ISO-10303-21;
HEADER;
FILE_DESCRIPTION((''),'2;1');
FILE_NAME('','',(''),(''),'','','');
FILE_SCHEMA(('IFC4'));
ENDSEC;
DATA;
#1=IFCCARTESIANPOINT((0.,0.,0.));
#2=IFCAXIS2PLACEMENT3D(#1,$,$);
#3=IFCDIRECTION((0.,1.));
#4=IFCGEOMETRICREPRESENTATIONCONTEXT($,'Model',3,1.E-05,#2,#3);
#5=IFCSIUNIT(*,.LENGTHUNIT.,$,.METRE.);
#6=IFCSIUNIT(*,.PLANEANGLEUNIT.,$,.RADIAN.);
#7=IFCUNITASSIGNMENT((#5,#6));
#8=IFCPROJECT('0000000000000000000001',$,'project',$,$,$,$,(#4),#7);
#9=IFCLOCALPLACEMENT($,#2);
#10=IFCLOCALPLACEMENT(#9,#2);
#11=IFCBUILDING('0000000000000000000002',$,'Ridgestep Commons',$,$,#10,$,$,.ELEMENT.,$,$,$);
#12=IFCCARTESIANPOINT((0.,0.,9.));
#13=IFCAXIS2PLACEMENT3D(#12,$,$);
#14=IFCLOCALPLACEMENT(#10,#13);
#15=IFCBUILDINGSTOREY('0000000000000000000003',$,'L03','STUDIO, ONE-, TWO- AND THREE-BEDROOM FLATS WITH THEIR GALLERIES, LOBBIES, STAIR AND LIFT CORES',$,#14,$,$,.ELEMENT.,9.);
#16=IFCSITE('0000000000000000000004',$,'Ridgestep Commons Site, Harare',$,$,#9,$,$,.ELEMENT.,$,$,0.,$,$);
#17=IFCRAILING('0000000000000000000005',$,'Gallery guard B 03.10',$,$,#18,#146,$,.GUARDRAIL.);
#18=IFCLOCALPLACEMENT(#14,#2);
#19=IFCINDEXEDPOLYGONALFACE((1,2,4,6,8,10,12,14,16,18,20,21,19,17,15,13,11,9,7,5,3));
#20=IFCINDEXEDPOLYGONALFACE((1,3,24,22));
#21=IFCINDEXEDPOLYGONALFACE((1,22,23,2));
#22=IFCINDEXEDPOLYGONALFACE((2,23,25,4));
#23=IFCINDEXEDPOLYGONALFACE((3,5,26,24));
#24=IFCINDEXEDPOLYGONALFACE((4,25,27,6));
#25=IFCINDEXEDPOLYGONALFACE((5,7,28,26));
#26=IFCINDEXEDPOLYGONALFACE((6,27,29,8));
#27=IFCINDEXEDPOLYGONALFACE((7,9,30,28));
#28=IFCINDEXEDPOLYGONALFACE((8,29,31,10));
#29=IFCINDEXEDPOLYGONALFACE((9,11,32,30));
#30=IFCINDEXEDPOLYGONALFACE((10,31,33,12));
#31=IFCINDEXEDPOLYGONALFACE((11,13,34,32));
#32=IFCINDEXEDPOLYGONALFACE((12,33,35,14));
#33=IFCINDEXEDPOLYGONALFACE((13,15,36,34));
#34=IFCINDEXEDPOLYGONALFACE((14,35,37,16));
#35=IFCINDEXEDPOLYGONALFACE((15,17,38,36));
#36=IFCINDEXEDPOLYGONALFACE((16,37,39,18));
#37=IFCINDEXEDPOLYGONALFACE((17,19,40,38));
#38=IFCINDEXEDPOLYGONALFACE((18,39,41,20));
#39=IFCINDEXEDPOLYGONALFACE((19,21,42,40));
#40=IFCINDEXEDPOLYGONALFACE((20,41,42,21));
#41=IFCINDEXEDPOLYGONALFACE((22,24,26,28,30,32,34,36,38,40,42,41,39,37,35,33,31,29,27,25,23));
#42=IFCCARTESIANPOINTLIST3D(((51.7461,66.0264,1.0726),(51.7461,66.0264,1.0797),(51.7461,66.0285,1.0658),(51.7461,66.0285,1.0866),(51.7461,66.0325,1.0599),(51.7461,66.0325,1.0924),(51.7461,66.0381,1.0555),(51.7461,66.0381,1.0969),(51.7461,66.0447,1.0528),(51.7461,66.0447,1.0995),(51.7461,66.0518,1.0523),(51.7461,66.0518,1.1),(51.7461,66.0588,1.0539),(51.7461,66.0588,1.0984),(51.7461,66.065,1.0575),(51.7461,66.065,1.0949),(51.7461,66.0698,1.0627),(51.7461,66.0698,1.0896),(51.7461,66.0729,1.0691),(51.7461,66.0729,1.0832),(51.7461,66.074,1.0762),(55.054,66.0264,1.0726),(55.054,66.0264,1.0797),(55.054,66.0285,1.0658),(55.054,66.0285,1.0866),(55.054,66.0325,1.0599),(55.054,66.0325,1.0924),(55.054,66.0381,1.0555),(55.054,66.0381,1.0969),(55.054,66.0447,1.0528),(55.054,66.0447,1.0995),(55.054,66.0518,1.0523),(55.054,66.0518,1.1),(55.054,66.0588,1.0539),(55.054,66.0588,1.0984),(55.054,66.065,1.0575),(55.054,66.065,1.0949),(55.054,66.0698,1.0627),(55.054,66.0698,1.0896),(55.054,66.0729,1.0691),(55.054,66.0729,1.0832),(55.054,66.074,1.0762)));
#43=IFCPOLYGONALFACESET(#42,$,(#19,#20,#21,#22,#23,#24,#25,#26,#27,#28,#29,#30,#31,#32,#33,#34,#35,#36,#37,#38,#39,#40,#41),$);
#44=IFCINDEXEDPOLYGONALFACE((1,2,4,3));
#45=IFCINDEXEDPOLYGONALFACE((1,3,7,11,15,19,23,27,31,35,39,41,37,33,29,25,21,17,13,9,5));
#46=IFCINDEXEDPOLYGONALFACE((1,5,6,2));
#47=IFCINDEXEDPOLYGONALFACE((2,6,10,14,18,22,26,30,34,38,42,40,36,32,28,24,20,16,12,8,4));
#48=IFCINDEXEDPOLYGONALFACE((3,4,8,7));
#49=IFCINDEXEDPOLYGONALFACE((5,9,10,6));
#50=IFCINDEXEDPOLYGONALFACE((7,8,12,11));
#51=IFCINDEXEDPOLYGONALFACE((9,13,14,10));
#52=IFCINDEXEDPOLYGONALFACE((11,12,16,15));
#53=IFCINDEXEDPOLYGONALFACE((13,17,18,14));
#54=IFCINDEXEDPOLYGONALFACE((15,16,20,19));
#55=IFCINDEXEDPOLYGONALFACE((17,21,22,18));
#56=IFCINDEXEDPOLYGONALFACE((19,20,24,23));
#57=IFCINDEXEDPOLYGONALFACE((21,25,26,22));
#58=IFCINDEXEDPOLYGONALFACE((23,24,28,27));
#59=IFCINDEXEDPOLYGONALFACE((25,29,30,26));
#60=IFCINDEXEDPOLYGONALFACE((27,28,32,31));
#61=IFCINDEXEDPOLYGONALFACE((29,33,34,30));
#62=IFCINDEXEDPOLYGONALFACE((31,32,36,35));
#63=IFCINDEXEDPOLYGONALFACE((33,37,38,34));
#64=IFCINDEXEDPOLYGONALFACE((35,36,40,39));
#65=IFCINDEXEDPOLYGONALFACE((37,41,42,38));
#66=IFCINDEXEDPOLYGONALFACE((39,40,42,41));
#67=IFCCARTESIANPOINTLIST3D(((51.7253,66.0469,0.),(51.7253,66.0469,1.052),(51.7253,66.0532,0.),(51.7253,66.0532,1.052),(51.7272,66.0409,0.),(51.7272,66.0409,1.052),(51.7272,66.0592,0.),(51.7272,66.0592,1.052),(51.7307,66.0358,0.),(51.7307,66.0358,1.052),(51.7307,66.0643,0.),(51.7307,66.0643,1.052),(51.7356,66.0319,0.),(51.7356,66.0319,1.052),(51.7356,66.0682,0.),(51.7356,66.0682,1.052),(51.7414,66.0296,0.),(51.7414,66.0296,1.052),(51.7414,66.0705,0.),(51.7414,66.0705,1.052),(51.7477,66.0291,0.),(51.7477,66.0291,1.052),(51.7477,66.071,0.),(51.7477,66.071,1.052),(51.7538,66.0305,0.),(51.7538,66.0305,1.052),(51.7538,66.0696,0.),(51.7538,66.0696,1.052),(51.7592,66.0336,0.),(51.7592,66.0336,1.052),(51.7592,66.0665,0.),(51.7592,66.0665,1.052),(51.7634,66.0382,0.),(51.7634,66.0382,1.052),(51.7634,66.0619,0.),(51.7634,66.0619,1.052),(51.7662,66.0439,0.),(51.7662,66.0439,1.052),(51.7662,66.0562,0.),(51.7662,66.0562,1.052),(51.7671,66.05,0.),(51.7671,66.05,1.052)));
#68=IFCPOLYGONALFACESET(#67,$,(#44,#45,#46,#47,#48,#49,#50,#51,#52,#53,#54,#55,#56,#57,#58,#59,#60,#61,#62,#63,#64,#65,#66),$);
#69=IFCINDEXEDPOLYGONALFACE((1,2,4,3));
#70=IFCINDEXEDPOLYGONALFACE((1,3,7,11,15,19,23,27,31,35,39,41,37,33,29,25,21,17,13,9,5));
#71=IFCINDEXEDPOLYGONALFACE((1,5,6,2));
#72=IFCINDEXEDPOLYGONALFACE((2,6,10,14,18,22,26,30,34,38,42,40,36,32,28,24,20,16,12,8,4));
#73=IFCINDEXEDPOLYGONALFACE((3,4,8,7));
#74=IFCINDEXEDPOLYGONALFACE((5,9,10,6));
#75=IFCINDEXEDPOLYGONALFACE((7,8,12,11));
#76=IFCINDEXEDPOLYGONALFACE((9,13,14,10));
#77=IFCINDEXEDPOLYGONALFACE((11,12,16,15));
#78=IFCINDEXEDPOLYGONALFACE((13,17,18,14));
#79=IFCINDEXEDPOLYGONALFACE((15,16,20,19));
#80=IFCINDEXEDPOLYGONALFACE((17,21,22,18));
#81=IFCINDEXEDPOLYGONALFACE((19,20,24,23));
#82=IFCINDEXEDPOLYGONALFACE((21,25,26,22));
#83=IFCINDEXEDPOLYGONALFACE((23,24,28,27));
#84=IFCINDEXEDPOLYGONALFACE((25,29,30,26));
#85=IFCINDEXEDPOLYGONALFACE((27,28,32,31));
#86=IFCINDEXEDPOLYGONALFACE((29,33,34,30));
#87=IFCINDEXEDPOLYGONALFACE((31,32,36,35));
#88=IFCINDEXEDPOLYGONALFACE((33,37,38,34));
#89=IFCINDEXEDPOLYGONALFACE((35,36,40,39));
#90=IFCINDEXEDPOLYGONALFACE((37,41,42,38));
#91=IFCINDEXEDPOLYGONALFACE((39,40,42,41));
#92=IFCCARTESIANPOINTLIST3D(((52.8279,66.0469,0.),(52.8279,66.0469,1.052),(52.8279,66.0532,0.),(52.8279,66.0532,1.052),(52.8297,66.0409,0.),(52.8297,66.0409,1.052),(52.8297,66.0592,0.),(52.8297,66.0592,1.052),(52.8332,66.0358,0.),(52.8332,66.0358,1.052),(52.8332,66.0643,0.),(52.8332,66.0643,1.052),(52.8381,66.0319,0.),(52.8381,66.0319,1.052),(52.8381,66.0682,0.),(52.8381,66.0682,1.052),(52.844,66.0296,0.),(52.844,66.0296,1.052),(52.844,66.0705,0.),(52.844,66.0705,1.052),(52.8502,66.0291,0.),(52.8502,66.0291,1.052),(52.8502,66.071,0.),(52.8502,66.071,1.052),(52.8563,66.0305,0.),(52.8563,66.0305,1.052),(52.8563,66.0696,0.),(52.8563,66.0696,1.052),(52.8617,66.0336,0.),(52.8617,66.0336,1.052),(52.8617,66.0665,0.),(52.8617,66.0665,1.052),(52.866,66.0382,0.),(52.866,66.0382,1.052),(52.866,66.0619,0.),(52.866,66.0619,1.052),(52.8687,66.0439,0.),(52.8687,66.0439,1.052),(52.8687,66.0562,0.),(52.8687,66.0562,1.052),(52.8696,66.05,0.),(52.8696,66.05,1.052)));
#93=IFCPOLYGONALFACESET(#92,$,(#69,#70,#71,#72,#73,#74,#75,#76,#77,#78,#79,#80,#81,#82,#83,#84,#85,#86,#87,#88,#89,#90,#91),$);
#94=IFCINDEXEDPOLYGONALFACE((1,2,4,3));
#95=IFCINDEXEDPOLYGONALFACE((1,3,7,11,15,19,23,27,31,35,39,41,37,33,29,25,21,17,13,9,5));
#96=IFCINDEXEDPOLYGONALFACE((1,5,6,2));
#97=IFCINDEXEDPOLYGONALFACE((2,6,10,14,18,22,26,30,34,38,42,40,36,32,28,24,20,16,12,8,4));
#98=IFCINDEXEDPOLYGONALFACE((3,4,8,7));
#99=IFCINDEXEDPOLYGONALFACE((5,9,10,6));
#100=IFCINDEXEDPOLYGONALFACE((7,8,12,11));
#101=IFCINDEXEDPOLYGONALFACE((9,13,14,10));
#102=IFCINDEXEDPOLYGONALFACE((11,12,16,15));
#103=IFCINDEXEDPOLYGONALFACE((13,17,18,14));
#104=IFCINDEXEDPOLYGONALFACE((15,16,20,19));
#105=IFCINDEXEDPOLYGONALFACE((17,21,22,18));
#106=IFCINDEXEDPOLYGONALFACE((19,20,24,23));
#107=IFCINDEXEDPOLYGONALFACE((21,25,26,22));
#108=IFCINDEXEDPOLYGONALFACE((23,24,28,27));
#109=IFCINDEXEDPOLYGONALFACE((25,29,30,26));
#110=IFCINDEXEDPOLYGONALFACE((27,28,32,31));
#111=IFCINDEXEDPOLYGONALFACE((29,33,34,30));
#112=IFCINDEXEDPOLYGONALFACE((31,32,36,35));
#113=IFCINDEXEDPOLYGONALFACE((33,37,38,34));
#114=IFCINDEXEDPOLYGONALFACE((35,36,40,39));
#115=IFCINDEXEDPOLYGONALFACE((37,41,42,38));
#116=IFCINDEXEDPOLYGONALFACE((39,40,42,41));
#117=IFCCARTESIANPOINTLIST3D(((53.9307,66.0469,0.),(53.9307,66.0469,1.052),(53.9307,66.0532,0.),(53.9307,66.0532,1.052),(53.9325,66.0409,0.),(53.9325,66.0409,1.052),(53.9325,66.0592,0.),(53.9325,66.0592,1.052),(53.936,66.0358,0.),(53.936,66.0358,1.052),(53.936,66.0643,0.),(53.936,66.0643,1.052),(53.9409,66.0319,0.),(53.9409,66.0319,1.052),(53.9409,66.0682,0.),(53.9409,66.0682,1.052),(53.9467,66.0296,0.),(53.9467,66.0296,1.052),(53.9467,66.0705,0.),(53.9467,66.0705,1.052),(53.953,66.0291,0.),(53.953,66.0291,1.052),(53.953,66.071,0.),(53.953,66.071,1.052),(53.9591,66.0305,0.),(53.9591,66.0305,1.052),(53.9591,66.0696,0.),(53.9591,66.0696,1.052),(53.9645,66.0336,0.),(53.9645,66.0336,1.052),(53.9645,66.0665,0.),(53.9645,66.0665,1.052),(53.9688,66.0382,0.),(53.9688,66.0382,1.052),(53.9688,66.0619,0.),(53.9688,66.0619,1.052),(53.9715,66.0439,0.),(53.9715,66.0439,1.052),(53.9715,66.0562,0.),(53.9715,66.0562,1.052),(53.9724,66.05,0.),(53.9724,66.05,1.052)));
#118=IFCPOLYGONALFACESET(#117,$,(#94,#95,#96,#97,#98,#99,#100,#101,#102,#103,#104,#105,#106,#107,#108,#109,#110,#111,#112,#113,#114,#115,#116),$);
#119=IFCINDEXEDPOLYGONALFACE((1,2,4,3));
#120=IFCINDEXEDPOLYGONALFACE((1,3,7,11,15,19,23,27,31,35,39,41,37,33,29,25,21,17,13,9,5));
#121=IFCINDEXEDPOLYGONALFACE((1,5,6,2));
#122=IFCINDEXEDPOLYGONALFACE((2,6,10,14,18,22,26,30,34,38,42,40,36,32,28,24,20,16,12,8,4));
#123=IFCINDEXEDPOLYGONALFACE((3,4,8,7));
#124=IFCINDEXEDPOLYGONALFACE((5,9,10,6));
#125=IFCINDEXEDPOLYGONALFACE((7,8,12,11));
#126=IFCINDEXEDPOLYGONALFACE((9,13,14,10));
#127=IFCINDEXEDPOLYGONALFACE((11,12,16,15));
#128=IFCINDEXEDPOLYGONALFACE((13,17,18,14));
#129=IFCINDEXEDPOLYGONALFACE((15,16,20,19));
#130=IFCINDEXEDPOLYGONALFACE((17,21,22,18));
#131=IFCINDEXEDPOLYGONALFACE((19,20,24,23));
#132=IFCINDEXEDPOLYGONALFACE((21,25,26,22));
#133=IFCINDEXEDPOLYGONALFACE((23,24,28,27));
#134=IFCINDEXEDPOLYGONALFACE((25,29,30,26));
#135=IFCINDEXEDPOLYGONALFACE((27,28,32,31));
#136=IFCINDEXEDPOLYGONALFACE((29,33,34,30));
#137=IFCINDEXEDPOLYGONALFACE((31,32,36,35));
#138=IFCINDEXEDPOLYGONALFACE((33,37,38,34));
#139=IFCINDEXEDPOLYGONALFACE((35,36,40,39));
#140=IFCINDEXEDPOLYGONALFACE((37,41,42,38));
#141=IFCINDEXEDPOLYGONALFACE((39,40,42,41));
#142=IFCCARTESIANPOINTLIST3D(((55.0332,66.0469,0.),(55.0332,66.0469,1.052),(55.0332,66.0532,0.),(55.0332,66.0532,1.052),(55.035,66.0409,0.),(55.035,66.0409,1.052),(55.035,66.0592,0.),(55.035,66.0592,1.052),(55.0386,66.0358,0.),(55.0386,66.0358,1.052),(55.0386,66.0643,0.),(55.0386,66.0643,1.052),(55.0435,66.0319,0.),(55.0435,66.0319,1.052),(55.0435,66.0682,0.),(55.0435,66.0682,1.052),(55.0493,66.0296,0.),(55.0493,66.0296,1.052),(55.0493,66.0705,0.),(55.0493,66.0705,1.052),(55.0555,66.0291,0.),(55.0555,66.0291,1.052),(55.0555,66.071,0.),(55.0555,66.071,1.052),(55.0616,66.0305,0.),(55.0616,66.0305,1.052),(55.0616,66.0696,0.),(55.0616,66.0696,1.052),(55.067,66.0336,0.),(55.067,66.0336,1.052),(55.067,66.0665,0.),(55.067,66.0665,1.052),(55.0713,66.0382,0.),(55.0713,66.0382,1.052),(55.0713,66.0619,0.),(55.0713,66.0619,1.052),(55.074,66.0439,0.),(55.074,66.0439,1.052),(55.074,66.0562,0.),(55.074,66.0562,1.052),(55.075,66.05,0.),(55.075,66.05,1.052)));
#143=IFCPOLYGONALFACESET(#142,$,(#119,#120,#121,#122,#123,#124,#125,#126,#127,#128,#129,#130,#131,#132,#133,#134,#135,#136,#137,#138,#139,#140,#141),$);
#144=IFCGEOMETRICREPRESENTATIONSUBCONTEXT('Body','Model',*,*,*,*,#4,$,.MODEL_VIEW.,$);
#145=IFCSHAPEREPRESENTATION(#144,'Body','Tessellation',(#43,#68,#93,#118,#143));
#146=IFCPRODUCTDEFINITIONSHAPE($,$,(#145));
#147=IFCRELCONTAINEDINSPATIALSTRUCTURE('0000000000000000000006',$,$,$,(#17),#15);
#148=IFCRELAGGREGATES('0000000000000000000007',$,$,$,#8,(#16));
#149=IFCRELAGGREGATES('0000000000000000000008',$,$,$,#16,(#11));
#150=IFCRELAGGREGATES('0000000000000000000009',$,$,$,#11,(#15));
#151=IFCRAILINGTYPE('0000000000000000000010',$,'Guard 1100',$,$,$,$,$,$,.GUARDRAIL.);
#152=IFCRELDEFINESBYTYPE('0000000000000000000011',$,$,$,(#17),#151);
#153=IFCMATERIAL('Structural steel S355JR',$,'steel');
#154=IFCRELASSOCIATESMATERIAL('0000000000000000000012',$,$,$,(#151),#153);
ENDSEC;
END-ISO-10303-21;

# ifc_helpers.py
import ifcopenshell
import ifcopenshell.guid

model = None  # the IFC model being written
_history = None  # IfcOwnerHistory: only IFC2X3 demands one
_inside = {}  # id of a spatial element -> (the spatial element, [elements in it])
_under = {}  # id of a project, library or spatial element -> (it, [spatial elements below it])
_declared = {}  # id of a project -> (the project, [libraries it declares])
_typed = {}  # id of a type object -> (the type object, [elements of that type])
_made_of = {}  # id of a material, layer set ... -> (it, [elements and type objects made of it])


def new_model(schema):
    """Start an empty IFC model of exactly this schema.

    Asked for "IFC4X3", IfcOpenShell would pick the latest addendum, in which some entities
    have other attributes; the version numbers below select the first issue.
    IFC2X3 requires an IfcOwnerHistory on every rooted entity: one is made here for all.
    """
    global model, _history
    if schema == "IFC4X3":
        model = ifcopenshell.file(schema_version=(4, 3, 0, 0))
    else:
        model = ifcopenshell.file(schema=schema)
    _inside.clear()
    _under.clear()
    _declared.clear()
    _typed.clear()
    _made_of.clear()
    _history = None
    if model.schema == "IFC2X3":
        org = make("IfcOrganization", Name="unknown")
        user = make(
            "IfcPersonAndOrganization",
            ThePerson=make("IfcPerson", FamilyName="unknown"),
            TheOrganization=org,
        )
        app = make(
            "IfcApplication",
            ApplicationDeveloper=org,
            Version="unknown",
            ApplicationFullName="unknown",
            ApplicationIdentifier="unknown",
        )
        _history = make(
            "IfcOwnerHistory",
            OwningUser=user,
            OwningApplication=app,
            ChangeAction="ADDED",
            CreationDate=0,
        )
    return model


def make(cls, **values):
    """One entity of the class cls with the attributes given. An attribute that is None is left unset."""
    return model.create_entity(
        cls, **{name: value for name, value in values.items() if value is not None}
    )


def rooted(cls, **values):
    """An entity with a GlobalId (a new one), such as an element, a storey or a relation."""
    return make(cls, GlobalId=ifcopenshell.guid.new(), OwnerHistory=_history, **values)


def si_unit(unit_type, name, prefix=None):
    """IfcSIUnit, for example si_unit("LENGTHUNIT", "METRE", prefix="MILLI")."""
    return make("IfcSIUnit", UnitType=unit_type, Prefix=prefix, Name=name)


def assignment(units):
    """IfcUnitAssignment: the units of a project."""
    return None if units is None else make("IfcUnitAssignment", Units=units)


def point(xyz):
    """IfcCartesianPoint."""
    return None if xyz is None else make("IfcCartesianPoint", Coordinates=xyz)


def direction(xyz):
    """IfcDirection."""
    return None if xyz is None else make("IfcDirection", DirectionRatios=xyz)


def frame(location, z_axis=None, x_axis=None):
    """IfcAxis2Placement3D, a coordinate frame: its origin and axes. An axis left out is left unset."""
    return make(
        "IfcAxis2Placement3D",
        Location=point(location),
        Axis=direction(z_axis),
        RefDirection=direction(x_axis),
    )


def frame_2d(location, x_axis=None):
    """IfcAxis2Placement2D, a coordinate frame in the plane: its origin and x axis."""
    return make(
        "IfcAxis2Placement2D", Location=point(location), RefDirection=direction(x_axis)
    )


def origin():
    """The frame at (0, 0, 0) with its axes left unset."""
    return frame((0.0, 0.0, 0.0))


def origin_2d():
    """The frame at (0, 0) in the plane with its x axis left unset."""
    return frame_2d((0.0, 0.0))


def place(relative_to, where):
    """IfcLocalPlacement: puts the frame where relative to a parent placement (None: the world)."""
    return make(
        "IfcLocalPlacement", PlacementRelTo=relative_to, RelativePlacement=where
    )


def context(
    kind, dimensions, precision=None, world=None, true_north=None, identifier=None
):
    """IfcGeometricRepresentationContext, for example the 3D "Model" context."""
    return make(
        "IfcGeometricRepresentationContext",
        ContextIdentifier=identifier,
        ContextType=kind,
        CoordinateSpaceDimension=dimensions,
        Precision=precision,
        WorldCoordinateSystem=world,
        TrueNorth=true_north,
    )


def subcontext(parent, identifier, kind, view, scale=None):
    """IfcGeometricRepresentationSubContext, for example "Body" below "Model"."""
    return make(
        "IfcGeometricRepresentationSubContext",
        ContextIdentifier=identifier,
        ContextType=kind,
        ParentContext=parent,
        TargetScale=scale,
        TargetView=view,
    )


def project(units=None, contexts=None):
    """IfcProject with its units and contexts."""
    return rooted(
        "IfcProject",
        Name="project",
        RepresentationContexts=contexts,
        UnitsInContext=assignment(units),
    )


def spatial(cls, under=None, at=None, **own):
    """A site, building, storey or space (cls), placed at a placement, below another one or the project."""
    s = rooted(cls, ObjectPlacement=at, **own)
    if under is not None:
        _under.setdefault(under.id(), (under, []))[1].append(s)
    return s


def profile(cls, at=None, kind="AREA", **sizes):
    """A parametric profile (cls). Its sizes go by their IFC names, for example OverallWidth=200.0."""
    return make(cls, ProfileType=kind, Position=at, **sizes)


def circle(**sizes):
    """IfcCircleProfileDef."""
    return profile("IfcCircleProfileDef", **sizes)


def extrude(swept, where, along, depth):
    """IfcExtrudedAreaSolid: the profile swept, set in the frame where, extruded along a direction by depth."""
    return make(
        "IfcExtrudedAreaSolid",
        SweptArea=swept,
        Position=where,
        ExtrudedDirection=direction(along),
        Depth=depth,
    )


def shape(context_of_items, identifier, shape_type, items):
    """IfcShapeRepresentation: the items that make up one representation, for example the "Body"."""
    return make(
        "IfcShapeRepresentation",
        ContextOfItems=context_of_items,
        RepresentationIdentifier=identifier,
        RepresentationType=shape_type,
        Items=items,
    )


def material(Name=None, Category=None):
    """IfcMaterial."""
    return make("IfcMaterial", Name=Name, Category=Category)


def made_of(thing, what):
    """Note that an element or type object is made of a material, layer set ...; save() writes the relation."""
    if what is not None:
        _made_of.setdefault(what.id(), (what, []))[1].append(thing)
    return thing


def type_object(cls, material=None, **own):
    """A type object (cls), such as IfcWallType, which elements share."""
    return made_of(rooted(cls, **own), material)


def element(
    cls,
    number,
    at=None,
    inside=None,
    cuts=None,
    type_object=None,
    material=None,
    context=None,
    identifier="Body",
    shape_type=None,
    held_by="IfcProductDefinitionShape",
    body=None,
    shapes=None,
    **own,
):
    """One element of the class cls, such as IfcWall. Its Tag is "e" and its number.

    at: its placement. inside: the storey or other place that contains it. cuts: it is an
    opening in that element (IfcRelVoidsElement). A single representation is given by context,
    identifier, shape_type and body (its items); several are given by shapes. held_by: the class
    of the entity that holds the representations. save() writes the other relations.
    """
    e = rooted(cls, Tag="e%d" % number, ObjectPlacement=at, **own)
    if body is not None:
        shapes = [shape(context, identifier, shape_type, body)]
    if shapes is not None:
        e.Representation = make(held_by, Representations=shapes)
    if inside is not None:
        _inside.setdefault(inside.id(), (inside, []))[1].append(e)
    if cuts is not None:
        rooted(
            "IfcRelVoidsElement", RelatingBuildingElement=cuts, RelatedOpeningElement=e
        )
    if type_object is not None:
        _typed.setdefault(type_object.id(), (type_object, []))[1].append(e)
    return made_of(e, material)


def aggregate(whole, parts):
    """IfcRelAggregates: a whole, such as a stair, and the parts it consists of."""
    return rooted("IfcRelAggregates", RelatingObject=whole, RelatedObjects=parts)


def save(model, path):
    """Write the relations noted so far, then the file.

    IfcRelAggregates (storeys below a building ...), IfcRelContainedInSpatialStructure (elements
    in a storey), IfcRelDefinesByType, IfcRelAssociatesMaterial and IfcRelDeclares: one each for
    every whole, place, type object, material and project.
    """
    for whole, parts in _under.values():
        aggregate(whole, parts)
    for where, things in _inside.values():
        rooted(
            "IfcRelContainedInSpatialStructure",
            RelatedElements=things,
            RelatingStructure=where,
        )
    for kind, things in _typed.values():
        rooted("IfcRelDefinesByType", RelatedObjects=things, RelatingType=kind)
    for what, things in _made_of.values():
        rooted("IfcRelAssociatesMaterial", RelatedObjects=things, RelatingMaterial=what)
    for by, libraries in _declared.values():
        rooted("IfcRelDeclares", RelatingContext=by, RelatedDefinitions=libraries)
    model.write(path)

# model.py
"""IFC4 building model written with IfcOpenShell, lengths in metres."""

from ifc_helpers import new_model, si_unit, direction, frame, origin, origin_2d, place, context, subcontext, project, spatial, circle, extrude, material, type_object, element, save


model = new_model("IFC4")

# Units and contexts
model_context = context("Model", 3, precision=1e-05, world=origin(), true_north=direction((0.0, 1.0)))
body_context = subcontext(model_context, "Body", "Model", "MODEL_VIEW")
ifc_project = project(units=[si_unit("LENGTHUNIT", "METRE"), si_unit("PLANEANGLEUNIT", "RADIAN")], contexts=[model_context])

# Site, building, storey
site_placement = place(None, origin())
site = spatial("IfcSite", under=ifc_project, at=site_placement, Name="Ridgestep Commons Site, Harare", CompositionType="ELEMENT", RefElevation=0.0)
building_placement = place(site_placement, origin())
building = spatial("IfcBuilding", under=site, at=building_placement, Name="Ridgestep Commons", CompositionType="ELEMENT")
storey_placement = place(building_placement, frame((0.0, 0.0, 9.0)))
storey = spatial("IfcBuildingStorey", under=building, at=storey_placement, Name="L03", Description="STUDIO, ONE-, TWO- AND THREE-BEDROOM FLATS WITH THEIR GALLERIES, LOBBIES, STAIR AND LIFT CORES", CompositionType="ELEMENT", Elevation=9.0)

# Railing
ifc_material_1 = material(Name="Structural steel S355JR", Category="steel")
railing_type_1 = type_object("IfcRailingType", Name="Guard 1100", PredefinedType="GUARDRAIL", material=ifc_material_1)
railing_1_placement = place(storey_placement, frame((51.7461, 66.05, 0.0)))
element("IfcRailing", 1, at=railing_1_placement, inside=storey, type_object=railing_type_1, Name="Gallery guard B 03.10", PredefinedType="GUARDRAIL", context=body_context, shape_type="SweptSolid", body=[
    extrude(circle(Radius=0.0239, at=origin_2d()), frame((0.0, 0.0, 1.0762), z_axis=(1.0, 0.0, 0.0), x_axis=(0.0, 1.0, 0.0)), (0.0, 0.0, 1.0), 3.3079),
    extrude(circle(Radius=0.021, at=origin_2d()), origin(), (0.0, 0.0, 1.0), 1.052),
    extrude(circle(Radius=0.021, at=origin_2d()), frame((1.1025, 0.0, 0.0)), (0.0, 0.0, 1.0), 1.052),
    extrude(circle(Radius=0.021, at=origin_2d()), frame((2.2053, 0.0, 0.0)), (0.0, 0.0, 1.0), 1.052),
    extrude(circle(Radius=0.021, at=origin_2d()), frame((3.3079, 0.0, 0.0)), (0.0, 0.0, 1.0), 1.052),
])

save(model, "model.ifc")
